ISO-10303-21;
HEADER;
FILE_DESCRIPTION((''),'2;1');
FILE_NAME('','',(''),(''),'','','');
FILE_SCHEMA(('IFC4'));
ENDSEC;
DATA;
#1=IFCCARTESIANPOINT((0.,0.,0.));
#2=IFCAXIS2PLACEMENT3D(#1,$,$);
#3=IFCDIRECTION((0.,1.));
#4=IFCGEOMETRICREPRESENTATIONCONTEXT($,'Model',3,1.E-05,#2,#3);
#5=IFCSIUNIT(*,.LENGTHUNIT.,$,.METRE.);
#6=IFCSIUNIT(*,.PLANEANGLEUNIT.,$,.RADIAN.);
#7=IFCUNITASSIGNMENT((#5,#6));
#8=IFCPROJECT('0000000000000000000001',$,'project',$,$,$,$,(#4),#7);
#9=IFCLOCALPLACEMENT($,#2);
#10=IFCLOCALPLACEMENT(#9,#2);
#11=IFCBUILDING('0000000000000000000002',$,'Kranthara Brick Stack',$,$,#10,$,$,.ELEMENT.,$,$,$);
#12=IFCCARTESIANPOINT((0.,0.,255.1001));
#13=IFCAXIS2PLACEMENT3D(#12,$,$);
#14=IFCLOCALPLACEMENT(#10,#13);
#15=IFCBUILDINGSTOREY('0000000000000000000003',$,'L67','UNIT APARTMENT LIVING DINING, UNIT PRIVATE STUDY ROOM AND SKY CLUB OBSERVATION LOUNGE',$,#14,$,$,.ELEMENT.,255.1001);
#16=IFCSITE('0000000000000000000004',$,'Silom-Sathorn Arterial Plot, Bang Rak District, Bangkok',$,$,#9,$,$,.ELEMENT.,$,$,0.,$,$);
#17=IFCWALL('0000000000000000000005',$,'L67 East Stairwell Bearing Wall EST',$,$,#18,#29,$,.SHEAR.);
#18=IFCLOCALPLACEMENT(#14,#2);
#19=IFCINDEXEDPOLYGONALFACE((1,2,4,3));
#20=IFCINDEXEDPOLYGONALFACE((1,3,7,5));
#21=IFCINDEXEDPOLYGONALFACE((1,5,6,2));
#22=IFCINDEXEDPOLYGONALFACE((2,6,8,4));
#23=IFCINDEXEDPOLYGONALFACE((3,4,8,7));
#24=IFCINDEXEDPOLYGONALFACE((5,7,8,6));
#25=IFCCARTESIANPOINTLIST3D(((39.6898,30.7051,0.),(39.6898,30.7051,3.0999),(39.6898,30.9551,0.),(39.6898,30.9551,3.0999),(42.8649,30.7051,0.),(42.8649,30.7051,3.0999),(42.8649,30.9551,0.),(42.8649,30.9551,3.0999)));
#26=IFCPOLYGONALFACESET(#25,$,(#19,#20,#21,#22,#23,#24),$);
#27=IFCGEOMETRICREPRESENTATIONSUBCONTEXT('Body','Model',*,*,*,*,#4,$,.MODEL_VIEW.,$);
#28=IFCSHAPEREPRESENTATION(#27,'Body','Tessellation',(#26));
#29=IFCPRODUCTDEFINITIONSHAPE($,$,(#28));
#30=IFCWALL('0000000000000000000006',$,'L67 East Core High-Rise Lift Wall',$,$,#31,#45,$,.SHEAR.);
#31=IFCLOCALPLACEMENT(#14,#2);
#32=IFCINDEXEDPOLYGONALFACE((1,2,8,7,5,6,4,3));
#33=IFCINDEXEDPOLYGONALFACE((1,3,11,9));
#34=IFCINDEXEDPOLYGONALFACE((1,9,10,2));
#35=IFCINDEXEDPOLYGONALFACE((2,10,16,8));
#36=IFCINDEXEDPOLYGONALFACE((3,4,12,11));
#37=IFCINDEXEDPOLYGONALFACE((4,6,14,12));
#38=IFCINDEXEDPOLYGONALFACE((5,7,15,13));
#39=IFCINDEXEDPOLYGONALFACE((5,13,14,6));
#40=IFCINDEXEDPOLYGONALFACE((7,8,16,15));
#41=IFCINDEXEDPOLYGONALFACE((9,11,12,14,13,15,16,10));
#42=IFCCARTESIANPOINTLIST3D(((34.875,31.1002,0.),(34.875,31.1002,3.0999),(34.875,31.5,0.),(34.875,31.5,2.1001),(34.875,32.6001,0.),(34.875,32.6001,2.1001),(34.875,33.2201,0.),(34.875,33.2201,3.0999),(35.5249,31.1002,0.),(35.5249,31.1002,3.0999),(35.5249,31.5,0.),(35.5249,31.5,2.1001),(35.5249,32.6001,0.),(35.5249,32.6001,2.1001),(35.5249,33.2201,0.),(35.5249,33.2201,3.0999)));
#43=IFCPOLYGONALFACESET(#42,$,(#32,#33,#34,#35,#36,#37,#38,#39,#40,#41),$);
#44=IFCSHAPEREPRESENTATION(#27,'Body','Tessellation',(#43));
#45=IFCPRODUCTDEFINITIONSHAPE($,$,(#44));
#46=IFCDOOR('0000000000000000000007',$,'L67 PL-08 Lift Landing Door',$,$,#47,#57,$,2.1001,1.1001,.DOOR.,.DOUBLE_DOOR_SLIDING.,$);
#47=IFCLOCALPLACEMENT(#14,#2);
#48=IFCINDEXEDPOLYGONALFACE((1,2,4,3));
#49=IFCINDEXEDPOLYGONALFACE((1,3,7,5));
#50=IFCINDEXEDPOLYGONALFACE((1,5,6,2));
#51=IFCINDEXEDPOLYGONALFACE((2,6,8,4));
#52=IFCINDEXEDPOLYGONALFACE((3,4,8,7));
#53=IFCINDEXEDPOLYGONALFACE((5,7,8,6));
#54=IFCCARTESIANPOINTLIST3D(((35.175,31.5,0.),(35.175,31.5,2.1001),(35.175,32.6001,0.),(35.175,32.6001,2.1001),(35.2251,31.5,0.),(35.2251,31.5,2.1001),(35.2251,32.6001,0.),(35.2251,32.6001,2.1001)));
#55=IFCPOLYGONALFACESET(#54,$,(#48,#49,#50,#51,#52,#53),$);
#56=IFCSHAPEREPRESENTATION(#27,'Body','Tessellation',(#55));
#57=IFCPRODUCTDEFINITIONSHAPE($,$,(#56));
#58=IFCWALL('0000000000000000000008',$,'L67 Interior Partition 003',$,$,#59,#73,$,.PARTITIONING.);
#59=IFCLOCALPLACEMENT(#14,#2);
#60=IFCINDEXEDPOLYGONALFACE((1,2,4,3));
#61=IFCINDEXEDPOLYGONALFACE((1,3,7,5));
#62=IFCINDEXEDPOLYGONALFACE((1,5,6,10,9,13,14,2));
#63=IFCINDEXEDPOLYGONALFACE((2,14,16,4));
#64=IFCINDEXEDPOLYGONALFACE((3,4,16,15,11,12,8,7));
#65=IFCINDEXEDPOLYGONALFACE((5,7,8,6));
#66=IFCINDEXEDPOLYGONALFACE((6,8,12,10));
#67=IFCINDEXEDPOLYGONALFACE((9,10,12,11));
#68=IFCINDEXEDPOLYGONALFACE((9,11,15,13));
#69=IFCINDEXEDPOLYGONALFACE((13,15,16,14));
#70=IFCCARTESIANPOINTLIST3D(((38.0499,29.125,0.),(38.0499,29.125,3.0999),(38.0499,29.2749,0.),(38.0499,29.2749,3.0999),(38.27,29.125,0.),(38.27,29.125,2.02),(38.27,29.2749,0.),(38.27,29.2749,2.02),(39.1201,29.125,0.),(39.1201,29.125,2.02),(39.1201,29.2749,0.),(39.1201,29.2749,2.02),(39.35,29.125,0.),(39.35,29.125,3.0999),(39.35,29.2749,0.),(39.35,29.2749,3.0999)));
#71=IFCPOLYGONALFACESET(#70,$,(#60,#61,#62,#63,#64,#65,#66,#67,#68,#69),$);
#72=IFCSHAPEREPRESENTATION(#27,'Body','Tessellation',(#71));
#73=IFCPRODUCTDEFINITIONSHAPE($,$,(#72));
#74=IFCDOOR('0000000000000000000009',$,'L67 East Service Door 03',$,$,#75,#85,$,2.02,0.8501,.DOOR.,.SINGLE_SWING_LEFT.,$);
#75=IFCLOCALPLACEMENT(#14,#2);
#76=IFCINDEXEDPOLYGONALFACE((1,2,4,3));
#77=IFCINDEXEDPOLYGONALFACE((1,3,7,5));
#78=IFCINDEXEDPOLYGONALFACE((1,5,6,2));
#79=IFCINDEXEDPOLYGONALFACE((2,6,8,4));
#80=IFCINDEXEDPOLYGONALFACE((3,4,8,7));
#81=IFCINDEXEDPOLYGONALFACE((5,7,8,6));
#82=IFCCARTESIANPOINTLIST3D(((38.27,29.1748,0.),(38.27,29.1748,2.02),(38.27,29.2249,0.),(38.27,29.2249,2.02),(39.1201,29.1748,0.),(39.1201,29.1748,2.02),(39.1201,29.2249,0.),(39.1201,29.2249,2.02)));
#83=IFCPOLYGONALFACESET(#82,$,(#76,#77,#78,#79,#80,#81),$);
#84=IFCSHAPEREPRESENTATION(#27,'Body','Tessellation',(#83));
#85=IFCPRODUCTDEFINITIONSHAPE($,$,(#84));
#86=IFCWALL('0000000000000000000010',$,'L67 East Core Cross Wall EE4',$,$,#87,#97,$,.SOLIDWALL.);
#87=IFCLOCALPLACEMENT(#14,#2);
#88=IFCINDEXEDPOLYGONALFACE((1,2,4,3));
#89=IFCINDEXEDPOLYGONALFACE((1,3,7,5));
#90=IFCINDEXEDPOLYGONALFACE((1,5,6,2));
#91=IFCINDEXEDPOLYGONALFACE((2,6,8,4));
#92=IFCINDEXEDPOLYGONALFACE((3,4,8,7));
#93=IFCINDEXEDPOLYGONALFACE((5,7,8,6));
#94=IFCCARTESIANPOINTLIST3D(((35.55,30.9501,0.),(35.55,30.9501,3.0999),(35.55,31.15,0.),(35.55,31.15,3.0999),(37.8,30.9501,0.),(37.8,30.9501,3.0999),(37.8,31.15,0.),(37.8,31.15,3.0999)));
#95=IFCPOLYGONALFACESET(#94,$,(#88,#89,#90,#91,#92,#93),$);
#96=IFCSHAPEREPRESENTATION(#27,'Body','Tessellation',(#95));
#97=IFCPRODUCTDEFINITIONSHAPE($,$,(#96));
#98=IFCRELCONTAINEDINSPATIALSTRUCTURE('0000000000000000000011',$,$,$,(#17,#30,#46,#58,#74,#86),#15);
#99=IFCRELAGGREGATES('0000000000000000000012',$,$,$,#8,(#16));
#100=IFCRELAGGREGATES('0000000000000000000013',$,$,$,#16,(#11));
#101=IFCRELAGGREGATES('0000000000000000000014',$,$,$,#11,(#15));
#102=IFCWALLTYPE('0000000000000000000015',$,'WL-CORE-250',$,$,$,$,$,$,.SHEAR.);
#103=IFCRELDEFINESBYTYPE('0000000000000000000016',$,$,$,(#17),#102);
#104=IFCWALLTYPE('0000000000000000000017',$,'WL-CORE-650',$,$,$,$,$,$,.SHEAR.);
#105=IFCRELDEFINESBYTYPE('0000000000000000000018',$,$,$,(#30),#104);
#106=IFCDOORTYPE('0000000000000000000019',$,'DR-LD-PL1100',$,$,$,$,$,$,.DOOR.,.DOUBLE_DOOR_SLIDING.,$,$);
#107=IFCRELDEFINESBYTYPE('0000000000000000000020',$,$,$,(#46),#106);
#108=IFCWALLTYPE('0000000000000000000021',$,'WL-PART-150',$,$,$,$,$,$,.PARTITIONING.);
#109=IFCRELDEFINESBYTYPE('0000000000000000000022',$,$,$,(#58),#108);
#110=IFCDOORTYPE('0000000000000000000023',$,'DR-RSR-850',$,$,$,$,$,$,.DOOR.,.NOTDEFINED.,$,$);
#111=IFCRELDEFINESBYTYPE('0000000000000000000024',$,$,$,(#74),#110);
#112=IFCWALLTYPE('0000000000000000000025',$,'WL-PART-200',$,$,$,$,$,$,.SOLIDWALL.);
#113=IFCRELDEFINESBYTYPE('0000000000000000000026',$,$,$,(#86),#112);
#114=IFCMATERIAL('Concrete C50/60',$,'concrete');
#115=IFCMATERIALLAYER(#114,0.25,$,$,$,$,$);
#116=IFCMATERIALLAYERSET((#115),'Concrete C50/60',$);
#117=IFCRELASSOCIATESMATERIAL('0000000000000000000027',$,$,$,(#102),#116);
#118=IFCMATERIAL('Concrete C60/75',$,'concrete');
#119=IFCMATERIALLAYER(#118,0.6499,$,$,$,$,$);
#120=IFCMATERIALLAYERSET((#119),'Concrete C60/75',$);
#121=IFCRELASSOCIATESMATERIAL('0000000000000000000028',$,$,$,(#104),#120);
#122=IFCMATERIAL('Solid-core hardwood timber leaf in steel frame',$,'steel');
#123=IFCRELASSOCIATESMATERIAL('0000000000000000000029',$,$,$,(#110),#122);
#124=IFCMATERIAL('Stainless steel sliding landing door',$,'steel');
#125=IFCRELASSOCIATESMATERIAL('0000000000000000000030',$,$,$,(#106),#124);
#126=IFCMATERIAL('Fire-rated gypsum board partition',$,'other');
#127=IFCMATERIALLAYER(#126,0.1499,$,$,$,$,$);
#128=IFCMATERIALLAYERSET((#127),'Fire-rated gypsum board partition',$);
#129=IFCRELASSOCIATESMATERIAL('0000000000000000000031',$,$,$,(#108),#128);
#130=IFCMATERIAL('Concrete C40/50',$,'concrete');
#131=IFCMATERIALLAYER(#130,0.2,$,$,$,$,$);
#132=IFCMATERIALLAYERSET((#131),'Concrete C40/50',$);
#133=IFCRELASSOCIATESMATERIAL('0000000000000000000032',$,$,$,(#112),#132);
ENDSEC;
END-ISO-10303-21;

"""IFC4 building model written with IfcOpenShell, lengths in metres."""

from ifc_helpers import new_model, si_unit, direction, frame, frame_2d, origin, place, context, subcontext, project, spatial, rectangle, extrude, material, layer, layer_set, type_object, element, fill, save


model = new_model("IFC4")

# Units and contexts
model_context = context("Model", 3, precision=1e-05, world=origin(), true_north=direction((0.0, 1.0)))
body_context = subcontext(model_context, "Body", "Model", "MODEL_VIEW")
ifc_project = project(units=[si_unit("LENGTHUNIT", "METRE"), si_unit("PLANEANGLEUNIT", "RADIAN")], contexts=[model_context])

# Site, building, storey
site_placement = place(None, origin())
site = spatial("IfcSite", under=ifc_project, at=site_placement, Name="Silom-Sathorn Arterial Plot, Bang Rak District, Bangkok", CompositionType="ELEMENT", RefElevation=0.0)
building_placement = place(site_placement, origin())
building = spatial("IfcBuilding", under=site, at=building_placement, Name="Kranthara Brick Stack", CompositionType="ELEMENT")
storey_placement = place(building_placement, frame((0.0, 0.0, 255.1001)))
storey = spatial("IfcBuildingStorey", under=building, at=storey_placement, Name="L67", Description="UNIT APARTMENT LIVING DINING, UNIT PRIVATE STUDY ROOM AND SKY CLUB OBSERVATION LOUNGE", CompositionType="ELEMENT", Elevation=255.1001)

# Wall
ifc_material_1 = material(Name="Concrete C50/60", Category="concrete")
ifc_layer_1 = layer(ifc_material_1, 0.25)
ifc_layer_set_1 = layer_set([ifc_layer_1], Name="Concrete C50/60")
wall_type_1 = type_object("IfcWallType", Name="WL-CORE-250", PredefinedType="SHEAR", material=ifc_layer_set_1)
wall_1_placement = place(storey_placement, frame((39.6899, 30.8301, 0.0), z_axis=(0.0, 0.0, 1.0), x_axis=(1.0, 0.0, 0.0)))
element("IfcWall", 1, at=wall_1_placement, inside=storey, type_object=wall_type_1, Name="L67 East Stairwell Bearing Wall EST", PredefinedType="SHEAR", context=body_context, shape_type="SweptSolid", body=[
    extrude(rectangle(XDim=3.175, YDim=0.25, at=frame_2d((1.5874, 0.0))), origin(), (0.0, 0.0, 1.0), 3.0999),
])

# Shared definitions
ifc_material_2 = material(Name="Concrete C60/75", Category="concrete")
ifc_layer_2 = layer(ifc_material_2, 0.6499)
ifc_layer_set_2 = layer_set([ifc_layer_2], Name="Concrete C60/75")
wall_type_2 = type_object("IfcWallType", Name="WL-CORE-650", PredefinedType="SHEAR", material=ifc_layer_set_2)
ifc_material_3 = material(Name="Solid-core hardwood timber leaf in steel frame", Category="steel")
door_type_1 = type_object("IfcDoorType", Name="DR-RSR-850", OperationType="NOTDEFINED", PredefinedType="DOOR", material=ifc_material_3)

# Walls, openings, doors
wall_2_placement = place(storey_placement, frame((35.2, 31.1001, 0.0), z_axis=(0.0, 0.0, 1.0), x_axis=(0.0, 1.0, 0.0)))
wall_2 = element("IfcWall", 2, at=wall_2_placement, inside=storey, type_object=wall_type_2, Name="L67 East Core High-Rise Lift Wall", PredefinedType="SHEAR", context=body_context, shape_type="SweptSolid", body=[
    extrude(rectangle(XDim=2.1199, YDim=0.6499, at=frame_2d((1.0601, 0.0))), origin(), (0.0, 0.0, 1.0), 3.0999),
])
opening_1_placement = place(wall_2_placement, frame((0.3999, 0.0, 0.0)))
opening_1 = element("IfcOpeningElement", 3, at=opening_1_placement, cuts=wall_2, PredefinedType="OPENING", context=body_context, shape_type="SweptSolid", body=[
    extrude(rectangle(XDim=1.1001, YDim=2.1001, at=frame_2d((0.55, 1.05))), frame((0.0, 0.335, 0.0), z_axis=(0.0, -1.0, 0.0), x_axis=(1.0, 0.0, 0.0)), (0.0, 0.0, 1.0), 0.6699),
])
ifc_material_4 = material(Name="Stainless steel sliding landing door", Category="steel")
door_type_2 = type_object("IfcDoorType", Name="DR-LD-PL1100", OperationType="DOUBLE_DOOR_SLIDING", PredefinedType="DOOR", material=ifc_material_4)
door_1_placement = place(opening_1_placement, origin())
door_1 = element("IfcDoor", 4, at=door_1_placement, inside=storey, type_object=door_type_2, Name="L67 PL-08 Lift Landing Door", OperationType="DOUBLE_DOOR_SLIDING", OverallHeight=2.1001, OverallWidth=1.1001, PredefinedType="DOOR", context=body_context, shape_type="SweptSolid", body=[
    extrude(rectangle(XDim=1.1001, YDim=2.1001, at=frame_2d((0.55, 1.05))), frame((0.0, 0.0249, 0.0), z_axis=(0.0, -1.0, 0.0), x_axis=(1.0, 0.0, 0.0)), (0.0, 0.0, 1.0), 0.05),
])
fill(opening_1, door_1)
ifc_material_5 = material(Name="Fire-rated gypsum board partition", Category="other")
ifc_layer_3 = layer(ifc_material_5, 0.1499)
ifc_layer_set_3 = layer_set([ifc_layer_3], Name="Fire-rated gypsum board partition")
wall_type_3 = type_object("IfcWallType", Name="WL-PART-150", PredefinedType="PARTITIONING", material=ifc_layer_set_3)
wall_3_placement = place(storey_placement, frame((38.05, 29.2, 0.0), z_axis=(0.0, 0.0, 1.0), x_axis=(1.0, 0.0, 0.0)))
wall_3 = element("IfcWall", 5, at=wall_3_placement, inside=storey, type_object=wall_type_3, Name="L67 Interior Partition 003", PredefinedType="PARTITIONING", context=body_context, shape_type="SweptSolid", body=[
    extrude(rectangle(XDim=1.3, YDim=0.1499, at=frame_2d((0.6499, 0.0))), origin(), (0.0, 0.0, 1.0), 3.0999),
])
opening_2_placement = place(wall_3_placement, frame((0.22, 0.0, 0.0)))
opening_2 = element("IfcOpeningElement", 6, at=opening_2_placement, cuts=wall_3, PredefinedType="OPENING", context=body_context, shape_type="SweptSolid", body=[
    extrude(rectangle(XDim=0.8501, YDim=2.02, at=frame_2d((0.425, 1.01))), frame((0.0, 0.085, 0.0), z_axis=(0.0, -1.0, 0.0), x_axis=(1.0, 0.0, 0.0)), (0.0, 0.0, 1.0), 0.1699),
])
door_2_placement = place(opening_2_placement, origin())
door_2 = element("IfcDoor", 7, at=door_2_placement, inside=storey, type_object=door_type_1, Name="L67 East Service Door 03", OperationType="SINGLE_SWING_LEFT", OverallHeight=2.02, OverallWidth=0.8501, PredefinedType="DOOR", context=body_context, shape_type="SweptSolid", body=[
    extrude(rectangle(XDim=0.8501, YDim=2.02, at=frame_2d((0.425, 1.01))), frame((0.0, 0.0249, 0.0), z_axis=(0.0, -1.0, 0.0), x_axis=(1.0, 0.0, 0.0)), (0.0, 0.0, 1.0), 0.05),
])
fill(opening_2, door_2)

# Wall
ifc_material_6 = material(Name="Concrete C40/50", Category="concrete")
ifc_layer_4 = layer(ifc_material_6, 0.2)
ifc_layer_set_4 = layer_set([ifc_layer_4], Name="Concrete C40/50")
wall_type_4 = type_object("IfcWallType", Name="WL-PART-200", PredefinedType="SOLIDWALL", material=ifc_layer_set_4)
wall_4_placement = place(storey_placement, frame((35.55, 31.05, 0.0), z_axis=(0.0, 0.0, 1.0), x_axis=(1.0, 0.0, 0.0)))
element("IfcWall", 8, at=wall_4_placement, inside=storey, type_object=wall_type_4, Name="L67 East Core Cross Wall EE4", PredefinedType="SOLIDWALL", context=body_context, shape_type="SweptSolid", body=[
    extrude(rectangle(XDim=2.25, YDim=0.2, at=frame_2d((1.125, 0.0))), origin(), (0.0, 0.0, 1.0), 3.0999),
])

save(model, "model.ifc")
